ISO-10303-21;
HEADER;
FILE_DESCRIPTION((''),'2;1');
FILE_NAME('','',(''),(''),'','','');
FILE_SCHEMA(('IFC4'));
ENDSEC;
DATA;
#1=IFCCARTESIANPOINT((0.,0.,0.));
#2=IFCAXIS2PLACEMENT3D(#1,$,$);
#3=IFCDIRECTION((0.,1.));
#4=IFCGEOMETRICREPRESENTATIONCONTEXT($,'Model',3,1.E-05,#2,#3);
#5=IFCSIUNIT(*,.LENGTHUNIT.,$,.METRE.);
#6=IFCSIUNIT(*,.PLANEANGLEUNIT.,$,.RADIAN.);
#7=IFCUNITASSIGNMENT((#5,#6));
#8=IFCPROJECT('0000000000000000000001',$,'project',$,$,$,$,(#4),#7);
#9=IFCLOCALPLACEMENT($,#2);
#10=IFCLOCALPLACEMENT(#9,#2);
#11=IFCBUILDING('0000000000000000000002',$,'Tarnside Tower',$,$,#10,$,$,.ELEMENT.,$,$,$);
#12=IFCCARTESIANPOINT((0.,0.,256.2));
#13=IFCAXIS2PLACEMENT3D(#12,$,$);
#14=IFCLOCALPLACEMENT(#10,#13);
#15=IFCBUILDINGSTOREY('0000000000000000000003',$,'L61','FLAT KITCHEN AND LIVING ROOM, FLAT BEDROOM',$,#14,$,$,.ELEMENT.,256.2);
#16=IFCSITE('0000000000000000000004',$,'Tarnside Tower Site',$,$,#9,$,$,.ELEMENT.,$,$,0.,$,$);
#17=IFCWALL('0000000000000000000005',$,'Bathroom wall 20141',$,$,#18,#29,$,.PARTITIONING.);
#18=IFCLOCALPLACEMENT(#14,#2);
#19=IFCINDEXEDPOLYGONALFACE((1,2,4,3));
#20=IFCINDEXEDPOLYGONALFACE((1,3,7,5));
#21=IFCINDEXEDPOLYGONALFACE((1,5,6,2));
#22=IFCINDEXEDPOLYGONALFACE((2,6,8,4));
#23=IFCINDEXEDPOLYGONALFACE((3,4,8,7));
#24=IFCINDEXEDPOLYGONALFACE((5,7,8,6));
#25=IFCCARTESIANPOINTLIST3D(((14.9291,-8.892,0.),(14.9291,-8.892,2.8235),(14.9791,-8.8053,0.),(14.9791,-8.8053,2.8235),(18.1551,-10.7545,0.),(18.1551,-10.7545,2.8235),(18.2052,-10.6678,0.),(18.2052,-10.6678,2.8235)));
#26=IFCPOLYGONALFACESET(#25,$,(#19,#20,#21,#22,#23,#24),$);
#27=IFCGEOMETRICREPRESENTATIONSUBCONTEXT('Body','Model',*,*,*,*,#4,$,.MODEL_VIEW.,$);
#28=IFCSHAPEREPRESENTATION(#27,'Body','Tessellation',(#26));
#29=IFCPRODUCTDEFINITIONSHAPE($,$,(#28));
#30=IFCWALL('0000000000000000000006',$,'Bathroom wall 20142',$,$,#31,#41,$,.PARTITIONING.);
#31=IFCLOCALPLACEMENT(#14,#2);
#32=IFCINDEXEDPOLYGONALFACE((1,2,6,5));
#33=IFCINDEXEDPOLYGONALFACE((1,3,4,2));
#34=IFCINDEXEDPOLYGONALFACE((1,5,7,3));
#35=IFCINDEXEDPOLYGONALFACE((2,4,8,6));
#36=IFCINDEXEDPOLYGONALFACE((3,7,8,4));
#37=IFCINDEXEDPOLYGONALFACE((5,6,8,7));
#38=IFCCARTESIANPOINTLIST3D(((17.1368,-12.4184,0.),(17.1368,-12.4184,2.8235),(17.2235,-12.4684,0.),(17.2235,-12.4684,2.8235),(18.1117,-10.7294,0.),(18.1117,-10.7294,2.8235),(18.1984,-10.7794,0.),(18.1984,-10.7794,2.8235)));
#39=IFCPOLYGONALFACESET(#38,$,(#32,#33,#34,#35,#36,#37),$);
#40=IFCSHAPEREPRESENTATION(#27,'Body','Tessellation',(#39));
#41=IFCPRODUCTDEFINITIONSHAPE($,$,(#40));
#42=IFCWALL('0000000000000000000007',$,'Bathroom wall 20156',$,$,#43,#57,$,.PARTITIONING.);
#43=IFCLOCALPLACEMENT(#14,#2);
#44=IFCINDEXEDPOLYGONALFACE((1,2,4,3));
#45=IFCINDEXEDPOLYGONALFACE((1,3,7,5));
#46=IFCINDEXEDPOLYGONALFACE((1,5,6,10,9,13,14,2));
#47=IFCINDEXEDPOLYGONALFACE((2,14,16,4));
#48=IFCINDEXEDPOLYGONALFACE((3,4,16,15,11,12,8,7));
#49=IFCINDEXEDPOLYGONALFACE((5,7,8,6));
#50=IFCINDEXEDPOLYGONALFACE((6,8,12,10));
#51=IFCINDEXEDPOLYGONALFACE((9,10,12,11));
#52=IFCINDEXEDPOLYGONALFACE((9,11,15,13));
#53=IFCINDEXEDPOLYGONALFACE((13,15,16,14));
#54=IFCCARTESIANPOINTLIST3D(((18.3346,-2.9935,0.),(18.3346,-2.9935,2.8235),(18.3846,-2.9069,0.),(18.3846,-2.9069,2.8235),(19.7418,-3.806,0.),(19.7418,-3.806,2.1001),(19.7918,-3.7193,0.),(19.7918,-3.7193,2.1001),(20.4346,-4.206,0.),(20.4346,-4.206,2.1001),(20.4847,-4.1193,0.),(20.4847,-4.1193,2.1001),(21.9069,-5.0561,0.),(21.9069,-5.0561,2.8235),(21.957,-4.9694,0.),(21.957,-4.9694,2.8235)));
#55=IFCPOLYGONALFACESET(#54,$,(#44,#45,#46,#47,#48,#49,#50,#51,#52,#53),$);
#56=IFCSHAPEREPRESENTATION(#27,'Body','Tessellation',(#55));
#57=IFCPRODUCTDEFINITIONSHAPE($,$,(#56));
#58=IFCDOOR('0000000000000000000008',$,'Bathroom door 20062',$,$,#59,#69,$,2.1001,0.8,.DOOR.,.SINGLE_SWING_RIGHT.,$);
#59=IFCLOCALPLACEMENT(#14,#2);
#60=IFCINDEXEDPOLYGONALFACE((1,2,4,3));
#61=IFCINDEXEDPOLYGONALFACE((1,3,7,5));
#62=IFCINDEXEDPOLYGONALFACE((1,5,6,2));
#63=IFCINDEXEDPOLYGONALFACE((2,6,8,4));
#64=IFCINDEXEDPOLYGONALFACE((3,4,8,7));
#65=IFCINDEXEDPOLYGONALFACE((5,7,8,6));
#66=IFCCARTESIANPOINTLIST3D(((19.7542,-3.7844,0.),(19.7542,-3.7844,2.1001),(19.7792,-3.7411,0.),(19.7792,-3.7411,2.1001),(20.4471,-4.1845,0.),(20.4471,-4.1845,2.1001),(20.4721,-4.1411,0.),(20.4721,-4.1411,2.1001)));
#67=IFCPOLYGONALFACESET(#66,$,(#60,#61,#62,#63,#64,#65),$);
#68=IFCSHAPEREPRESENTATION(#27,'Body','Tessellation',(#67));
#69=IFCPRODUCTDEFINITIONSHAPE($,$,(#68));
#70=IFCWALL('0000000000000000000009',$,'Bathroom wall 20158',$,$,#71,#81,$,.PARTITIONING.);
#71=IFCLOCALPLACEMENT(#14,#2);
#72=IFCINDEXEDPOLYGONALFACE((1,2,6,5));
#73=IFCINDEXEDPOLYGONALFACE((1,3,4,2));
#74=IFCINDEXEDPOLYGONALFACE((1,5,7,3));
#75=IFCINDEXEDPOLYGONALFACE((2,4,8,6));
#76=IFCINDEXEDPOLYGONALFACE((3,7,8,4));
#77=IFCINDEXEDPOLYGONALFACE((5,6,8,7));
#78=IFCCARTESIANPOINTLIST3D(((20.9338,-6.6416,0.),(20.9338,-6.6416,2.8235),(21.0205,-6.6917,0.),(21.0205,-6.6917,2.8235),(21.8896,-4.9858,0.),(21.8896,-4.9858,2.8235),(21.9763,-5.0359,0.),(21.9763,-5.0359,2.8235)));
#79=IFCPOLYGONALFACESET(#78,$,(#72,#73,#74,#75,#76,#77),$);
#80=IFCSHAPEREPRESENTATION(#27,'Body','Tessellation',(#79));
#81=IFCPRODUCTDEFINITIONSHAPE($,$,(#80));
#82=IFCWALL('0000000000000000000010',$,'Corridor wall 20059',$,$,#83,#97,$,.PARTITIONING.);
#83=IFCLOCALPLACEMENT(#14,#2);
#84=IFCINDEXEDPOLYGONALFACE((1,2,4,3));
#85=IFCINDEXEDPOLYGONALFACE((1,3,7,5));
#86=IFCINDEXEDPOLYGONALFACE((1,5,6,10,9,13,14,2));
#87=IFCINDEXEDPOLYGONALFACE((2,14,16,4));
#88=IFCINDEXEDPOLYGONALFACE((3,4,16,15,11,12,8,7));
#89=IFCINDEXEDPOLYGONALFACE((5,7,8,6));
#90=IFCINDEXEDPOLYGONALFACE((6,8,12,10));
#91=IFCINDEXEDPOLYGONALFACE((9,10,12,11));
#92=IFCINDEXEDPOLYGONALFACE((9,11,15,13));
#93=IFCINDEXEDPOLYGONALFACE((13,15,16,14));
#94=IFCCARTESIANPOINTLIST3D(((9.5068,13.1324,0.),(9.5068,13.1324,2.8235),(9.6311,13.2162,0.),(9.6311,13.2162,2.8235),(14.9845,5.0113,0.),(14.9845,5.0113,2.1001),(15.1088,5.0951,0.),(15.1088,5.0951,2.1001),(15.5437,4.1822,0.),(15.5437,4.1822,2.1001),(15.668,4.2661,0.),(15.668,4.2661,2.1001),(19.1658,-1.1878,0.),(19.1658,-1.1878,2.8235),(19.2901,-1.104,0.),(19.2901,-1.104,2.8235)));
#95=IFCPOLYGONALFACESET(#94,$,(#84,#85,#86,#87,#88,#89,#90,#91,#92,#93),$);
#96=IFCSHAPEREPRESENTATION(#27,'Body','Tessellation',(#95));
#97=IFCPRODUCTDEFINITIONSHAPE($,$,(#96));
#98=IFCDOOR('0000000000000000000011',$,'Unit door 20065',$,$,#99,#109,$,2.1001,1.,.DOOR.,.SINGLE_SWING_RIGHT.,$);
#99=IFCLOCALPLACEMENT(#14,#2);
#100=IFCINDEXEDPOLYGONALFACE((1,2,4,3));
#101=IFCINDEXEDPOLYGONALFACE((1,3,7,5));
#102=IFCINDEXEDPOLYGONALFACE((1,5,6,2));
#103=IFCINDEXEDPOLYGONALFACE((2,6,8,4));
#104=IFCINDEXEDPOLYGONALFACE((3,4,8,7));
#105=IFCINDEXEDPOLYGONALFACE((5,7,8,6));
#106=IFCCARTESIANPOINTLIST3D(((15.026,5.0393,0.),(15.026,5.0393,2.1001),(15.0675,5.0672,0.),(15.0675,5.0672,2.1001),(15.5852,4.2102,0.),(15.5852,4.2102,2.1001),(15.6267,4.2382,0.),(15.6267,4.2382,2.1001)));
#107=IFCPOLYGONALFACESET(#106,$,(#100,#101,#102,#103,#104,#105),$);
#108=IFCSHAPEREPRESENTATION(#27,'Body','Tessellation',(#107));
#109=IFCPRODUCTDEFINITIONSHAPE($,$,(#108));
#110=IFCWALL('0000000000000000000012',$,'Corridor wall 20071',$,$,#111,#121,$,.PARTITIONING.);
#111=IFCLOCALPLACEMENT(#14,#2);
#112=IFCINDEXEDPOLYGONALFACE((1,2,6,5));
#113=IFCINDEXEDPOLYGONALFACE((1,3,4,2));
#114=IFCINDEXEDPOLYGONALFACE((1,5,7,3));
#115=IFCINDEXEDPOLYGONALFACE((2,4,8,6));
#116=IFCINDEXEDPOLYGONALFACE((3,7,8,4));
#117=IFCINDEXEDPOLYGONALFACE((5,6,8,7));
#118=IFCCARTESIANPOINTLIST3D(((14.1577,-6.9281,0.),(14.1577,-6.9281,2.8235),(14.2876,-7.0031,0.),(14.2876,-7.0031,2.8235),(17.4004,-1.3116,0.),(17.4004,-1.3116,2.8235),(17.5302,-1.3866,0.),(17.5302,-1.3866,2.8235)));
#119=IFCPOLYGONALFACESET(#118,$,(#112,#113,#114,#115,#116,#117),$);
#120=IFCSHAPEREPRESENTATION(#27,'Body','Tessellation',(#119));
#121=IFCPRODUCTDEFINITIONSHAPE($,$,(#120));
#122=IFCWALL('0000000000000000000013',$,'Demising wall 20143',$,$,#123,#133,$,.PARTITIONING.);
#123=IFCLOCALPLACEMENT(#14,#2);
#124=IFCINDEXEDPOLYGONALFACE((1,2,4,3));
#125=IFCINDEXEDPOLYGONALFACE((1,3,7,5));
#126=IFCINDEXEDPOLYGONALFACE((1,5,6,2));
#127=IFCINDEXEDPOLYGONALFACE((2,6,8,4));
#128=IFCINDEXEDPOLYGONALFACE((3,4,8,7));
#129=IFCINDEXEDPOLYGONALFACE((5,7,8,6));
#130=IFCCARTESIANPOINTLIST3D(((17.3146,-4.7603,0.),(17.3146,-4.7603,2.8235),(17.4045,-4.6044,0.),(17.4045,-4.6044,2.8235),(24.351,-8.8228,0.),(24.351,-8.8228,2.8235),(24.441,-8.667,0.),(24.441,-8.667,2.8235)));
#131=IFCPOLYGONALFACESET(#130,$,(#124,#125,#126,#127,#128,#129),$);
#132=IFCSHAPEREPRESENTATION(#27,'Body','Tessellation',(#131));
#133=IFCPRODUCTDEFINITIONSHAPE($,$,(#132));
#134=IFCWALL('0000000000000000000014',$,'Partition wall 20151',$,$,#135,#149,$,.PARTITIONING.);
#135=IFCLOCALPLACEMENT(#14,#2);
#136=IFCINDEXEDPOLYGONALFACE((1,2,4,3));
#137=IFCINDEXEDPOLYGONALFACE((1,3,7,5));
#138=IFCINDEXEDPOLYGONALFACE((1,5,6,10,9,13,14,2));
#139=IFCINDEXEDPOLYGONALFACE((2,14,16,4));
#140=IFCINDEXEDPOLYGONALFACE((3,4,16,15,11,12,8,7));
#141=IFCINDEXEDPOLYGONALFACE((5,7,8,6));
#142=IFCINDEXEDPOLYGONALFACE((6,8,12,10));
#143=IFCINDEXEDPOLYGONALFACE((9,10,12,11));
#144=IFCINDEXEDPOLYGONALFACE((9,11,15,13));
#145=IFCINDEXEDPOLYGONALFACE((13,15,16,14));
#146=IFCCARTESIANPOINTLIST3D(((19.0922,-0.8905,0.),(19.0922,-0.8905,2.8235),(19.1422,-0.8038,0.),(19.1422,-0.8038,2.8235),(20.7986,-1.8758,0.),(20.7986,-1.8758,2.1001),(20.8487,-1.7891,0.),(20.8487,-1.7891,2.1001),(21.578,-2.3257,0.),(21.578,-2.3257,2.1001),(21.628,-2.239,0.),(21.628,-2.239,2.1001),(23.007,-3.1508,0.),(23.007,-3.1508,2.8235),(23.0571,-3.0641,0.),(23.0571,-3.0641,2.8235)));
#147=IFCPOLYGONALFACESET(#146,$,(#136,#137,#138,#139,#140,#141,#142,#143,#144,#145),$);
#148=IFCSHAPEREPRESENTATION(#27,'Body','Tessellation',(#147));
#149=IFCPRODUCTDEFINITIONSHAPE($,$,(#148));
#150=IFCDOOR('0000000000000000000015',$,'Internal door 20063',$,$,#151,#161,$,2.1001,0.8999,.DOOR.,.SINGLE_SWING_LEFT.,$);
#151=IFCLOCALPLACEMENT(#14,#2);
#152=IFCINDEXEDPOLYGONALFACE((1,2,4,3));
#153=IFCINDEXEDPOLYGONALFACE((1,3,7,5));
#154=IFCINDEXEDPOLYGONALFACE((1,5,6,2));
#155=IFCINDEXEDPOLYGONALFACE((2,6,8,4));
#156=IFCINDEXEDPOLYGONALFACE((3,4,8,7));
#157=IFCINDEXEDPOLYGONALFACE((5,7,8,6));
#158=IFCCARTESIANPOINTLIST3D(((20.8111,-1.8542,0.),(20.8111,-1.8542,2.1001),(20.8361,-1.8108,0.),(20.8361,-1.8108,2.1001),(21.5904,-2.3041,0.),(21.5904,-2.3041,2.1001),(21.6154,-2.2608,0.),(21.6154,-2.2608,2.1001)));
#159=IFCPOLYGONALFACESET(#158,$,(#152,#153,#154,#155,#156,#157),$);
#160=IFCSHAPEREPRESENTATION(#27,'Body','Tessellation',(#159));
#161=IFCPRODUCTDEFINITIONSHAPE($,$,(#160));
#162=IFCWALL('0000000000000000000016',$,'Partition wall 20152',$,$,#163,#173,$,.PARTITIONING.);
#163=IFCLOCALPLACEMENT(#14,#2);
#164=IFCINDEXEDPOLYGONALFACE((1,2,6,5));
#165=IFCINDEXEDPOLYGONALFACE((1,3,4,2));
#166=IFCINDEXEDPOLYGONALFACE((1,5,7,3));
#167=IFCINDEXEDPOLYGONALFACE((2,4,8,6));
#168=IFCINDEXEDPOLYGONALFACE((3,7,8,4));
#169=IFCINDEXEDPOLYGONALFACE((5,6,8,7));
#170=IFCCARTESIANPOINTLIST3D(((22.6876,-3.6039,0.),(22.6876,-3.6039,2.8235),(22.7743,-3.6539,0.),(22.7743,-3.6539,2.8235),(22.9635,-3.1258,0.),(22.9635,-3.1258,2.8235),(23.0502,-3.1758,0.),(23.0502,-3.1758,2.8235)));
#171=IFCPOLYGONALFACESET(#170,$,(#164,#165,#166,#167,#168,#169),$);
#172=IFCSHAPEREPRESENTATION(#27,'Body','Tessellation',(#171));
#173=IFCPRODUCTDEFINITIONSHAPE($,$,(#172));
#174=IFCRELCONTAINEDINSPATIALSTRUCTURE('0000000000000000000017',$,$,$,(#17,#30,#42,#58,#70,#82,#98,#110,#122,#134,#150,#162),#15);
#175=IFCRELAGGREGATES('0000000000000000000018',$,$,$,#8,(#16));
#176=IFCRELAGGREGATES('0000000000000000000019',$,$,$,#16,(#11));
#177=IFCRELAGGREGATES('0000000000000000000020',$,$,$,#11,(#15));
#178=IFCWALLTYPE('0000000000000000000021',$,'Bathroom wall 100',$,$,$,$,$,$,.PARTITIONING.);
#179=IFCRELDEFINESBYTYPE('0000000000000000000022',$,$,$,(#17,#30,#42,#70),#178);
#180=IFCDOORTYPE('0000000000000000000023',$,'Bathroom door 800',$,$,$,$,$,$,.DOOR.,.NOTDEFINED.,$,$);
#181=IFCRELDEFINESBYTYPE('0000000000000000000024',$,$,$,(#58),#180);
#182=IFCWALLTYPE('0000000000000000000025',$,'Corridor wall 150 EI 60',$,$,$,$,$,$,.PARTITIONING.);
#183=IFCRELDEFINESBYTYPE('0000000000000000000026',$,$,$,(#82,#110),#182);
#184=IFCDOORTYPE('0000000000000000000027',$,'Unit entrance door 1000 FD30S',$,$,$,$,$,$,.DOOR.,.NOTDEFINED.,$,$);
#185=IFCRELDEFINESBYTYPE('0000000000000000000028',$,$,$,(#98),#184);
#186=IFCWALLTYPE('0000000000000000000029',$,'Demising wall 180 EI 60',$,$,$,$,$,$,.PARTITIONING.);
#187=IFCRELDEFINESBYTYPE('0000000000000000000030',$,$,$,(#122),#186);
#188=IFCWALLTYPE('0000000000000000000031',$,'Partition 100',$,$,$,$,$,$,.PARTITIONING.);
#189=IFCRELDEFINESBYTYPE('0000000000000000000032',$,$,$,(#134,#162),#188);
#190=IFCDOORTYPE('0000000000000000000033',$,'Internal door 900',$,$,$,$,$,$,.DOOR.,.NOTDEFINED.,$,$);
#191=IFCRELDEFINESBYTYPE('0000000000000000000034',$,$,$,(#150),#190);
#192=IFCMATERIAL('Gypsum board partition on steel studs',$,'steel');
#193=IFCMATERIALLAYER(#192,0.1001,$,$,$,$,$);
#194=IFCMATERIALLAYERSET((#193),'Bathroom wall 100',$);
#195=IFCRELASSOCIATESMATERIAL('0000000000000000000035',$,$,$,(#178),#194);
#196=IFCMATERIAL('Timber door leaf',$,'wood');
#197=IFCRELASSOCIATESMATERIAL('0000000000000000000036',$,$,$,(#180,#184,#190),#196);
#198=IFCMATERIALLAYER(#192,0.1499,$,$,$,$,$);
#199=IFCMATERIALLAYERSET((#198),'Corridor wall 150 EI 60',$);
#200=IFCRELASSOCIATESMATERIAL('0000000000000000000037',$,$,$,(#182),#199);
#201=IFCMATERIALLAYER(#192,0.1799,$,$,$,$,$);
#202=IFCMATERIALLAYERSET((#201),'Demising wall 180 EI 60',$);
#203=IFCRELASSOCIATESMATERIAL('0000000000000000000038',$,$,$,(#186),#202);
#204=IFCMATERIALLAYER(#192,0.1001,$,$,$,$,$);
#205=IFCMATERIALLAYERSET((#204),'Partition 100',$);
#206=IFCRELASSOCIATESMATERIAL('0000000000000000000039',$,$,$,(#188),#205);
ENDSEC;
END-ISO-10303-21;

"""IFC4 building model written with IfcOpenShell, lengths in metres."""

from ifc_helpers import new_model, si_unit, direction, frame, frame_2d, origin, place, context, subcontext, project, spatial, rectangle, extrude, material, layer, layer_set, type_object, element, fill, save


model = new_model("IFC4")

# Units and contexts
model_context = context("Model", 3, precision=1e-05, world=origin(), true_north=direction((0.0, 1.0)))
body_context = subcontext(model_context, "Body", "Model", "MODEL_VIEW")
ifc_project = project(units=[si_unit("LENGTHUNIT", "METRE"), si_unit("PLANEANGLEUNIT", "RADIAN")], contexts=[model_context])

# Site, building, storey
site_placement = place(None, origin())
site = spatial("IfcSite", under=ifc_project, at=site_placement, Name="Tarnside Tower Site", CompositionType="ELEMENT", RefElevation=0.0)
building_placement = place(site_placement, origin())
building = spatial("IfcBuilding", under=site, at=building_placement, Name="Tarnside Tower", CompositionType="ELEMENT")
storey_placement = place(building_placement, frame((0.0, 0.0, 256.2)))
storey = spatial("IfcBuildingStorey", under=building, at=storey_placement, Name="L61", Description="FLAT KITCHEN AND LIVING ROOM, FLAT BEDROOM", CompositionType="ELEMENT", Elevation=256.2)

# Walls
ifc_material_1 = material(Name="Gypsum board partition on steel studs", Category="steel")
ifc_layer_1 = layer(ifc_material_1, 0.1001)
ifc_layer_set_1 = layer_set([ifc_layer_1], Name="Bathroom wall 100")
wall_type_1 = type_object("IfcWallType", Name="Bathroom wall 100", PredefinedType="PARTITIONING", material=ifc_layer_set_1)
wall_1_placement = place(storey_placement, frame((14.9541, -8.8486, 0.0), z_axis=(0.0, 0.0, 1.0), x_axis=(0.866028, -0.499995, 0.0)))
element("IfcWall", 1, at=wall_1_placement, inside=storey, type_object=wall_type_1, Name="Bathroom wall 20141", PredefinedType="PARTITIONING", context=body_context, shape_type="SweptSolid", body=[
    extrude(rectangle(XDim=3.7251, YDim=0.1001, at=frame_2d((1.8625, 0.0))), origin(), (0.0, 0.0, 1.0), 2.8235),
])
wall_2_placement = place(storey_placement, frame((18.155, -10.7544, 0.0), z_axis=(0.0, 0.0, 1.0), x_axis=(-0.499896, -0.866086, 0.0)))
element("IfcWall", 2, at=wall_2_placement, inside=storey, type_object=wall_type_1, Name="Bathroom wall 20142", PredefinedType="PARTITIONING", context=body_context, shape_type="SweptSolid", body=[
    extrude(rectangle(XDim=1.9502, YDim=0.1001, at=frame_2d((0.9751, 0.0))), origin(), (0.0, 0.0, 1.0), 2.8235),
])

# Wall, opening, door
wall_3_placement = place(storey_placement, frame((18.3596, -2.9502, 0.0), z_axis=(0.0, 0.0, 1.0), x_axis=(0.86602, -0.500009, 0.0)))
wall_3 = element("IfcWall", 3, at=wall_3_placement, inside=storey, type_object=wall_type_1, Name="Bathroom wall 20156", PredefinedType="PARTITIONING", context=body_context, shape_type="SweptSolid", body=[
    extrude(rectangle(XDim=4.125, YDim=0.1001, at=frame_2d((2.0625, 0.0))), origin(), (0.0, 0.0, 1.0), 2.8235),
])
opening_1_placement = place(wall_3_placement, frame((1.625, 0.0, 0.0)))
opening_1 = element("IfcOpeningElement", 4, at=opening_1_placement, cuts=wall_3, PredefinedType="OPENING", context=body_context, shape_type="SweptSolid", body=[
    extrude(rectangle(XDim=0.8, YDim=2.1001, at=frame_2d((0.3999, 1.05))), frame((0.0, 0.0601, 0.0), z_axis=(0.0, -1.0, 0.0), x_axis=(1.0, 0.0, 0.0)), (0.0, 0.0, 1.0), 0.1201),
])
ifc_material_2 = material(Name="Timber door leaf", Category="wood")
door_type_1 = type_object("IfcDoorType", Name="Bathroom door 800", OperationType="NOTDEFINED", PredefinedType="DOOR", material=ifc_material_2)
door_1_placement = place(opening_1_placement, origin())
door_1 = element("IfcDoor", 5, at=door_1_placement, inside=storey, type_object=door_type_1, Name="Bathroom door 20062", OperationType="SINGLE_SWING_RIGHT", OverallHeight=2.1001, OverallWidth=0.8, PredefinedType="DOOR", context=body_context, shape_type="SweptSolid", body=[
    extrude(rectangle(XDim=0.8, YDim=2.1001, at=frame_2d((0.3999, 1.05))), frame((0.0, 0.0249, 0.0), z_axis=(0.0, -1.0, 0.0), x_axis=(1.0, 0.0, 0.0)), (0.0, 0.0, 1.0), 0.05),
])
fill(opening_1, door_1)

# Wall
wall_4_placement = place(storey_placement, frame((20.9771, -6.6667, 0.0), z_axis=(0.0, 0.0, 1.0), x_axis=(0.499944, 0.866058, 0.0)))
element("IfcWall", 6, at=wall_4_placement, inside=storey, type_object=wall_type_1, Name="Bathroom wall 20158", PredefinedType="PARTITIONING", context=body_context, shape_type="SweptSolid", body=[
    extrude(rectangle(XDim=1.9119, YDim=0.1001, at=frame_2d((0.9561, 0.0))), origin(), (0.0, 0.0, 1.0), 2.8235),
])

# Wall, opening, door
ifc_layer_2 = layer(ifc_material_1, 0.1499)
ifc_layer_set_2 = layer_set([ifc_layer_2], Name="Corridor wall 150 EI 60")
wall_type_2 = type_object("IfcWallType", Name="Corridor wall 150 EI 60", PredefinedType="PARTITIONING", material=ifc_layer_set_2)
wall_5_placement = place(storey_placement, frame((19.228, -1.146, 0.0), z_axis=(0.0, 0.0, 1.0), x_axis=(-0.55919, 0.82904, 0.0)))
wall_5 = element("IfcWall", 7, at=wall_5_placement, inside=storey, type_object=wall_type_2, Name="Corridor wall 20059", PredefinedType="PARTITIONING", context=body_context, shape_type="SweptSolid", body=[
    extrude(rectangle(XDim=17.2732, YDim=0.1499, at=frame_2d((8.6367, 0.0))), origin(), (0.0, 0.0, 1.0), 2.8235),
])
opening_2_placement = place(wall_5_placement, frame((6.4775, 0.0, 0.0)))
opening_2 = element("IfcOpeningElement", 8, at=opening_2_placement, cuts=wall_5, PredefinedType="OPENING", context=body_context, shape_type="SweptSolid", body=[
    extrude(rectangle(XDim=1.0, YDim=2.1001, at=frame_2d((0.5, 1.05))), frame((0.0, 0.085, 0.0), z_axis=(0.0, -1.0, 0.0), x_axis=(1.0, 0.0, 0.0)), (0.0, 0.0, 1.0), 0.1699),
])
door_type_2 = type_object("IfcDoorType", Name="Unit entrance door 1000 FD30S", OperationType="NOTDEFINED", PredefinedType="DOOR", material=ifc_material_2)
door_2_placement = place(opening_2_placement, origin())
door_2 = element("IfcDoor", 9, at=door_2_placement, inside=storey, type_object=door_type_2, Name="Unit door 20065", OperationType="SINGLE_SWING_RIGHT", OverallHeight=2.1001, OverallWidth=1.0, PredefinedType="DOOR", context=body_context, shape_type="SweptSolid", body=[
    extrude(rectangle(XDim=1.0, YDim=2.1001, at=frame_2d((0.5, 1.05))), frame((0.0, 0.0249, 0.0), z_axis=(0.0, -1.0, 0.0), x_axis=(1.0, 0.0, 0.0)), (0.0, 0.0, 1.0), 0.05),
])
fill(opening_2, door_2)

# Walls
wall_6_placement = place(storey_placement, frame((17.4653, -1.3491, 0.0), z_axis=(0.0, 0.0, 1.0), x_axis=(-0.500002, -0.866024, 0.0)))
element("IfcWall", 10, at=wall_6_placement, inside=storey, type_object=wall_type_2, Name="Corridor wall 20071", PredefinedType="PARTITIONING", context=body_context, shape_type="SweptSolid", body=[
    extrude(rectangle(XDim=6.4854, YDim=0.1499, at=frame_2d((3.2427, 0.0))), origin(), (0.0, 0.0, 1.0), 2.8235),
])
ifc_layer_3 = layer(ifc_material_1, 0.1799)
ifc_layer_set_3 = layer_set([ifc_layer_3], Name="Demising wall 180 EI 60")
wall_type_3 = type_object("IfcWallType", Name="Demising wall 180 EI 60", PredefinedType="PARTITIONING", material=ifc_layer_set_3)
wall_7_placement = place(storey_placement, frame((24.396, -8.7449, 0.0), z_axis=(0.0, 0.0, 1.0), x_axis=(-0.866023, 0.500004, 0.0)))
element("IfcWall", 11, at=wall_7_placement, inside=storey, type_object=wall_type_3, Name="Demising wall 20143", PredefinedType="PARTITIONING", context=body_context, shape_type="SweptSolid", body=[
    extrude(rectangle(XDim=8.125, YDim=0.1799, at=frame_2d((4.0625, 0.0))), origin(), (0.0, 0.0, 1.0), 2.8235),
])

# Wall, opening, door
ifc_layer_4 = layer(ifc_material_1, 0.1001)
ifc_layer_set_4 = layer_set([ifc_layer_4], Name="Partition 100")
wall_type_4 = type_object("IfcWallType", Name="Partition 100", PredefinedType="PARTITIONING", material=ifc_layer_set_4)
wall_8_placement = place(storey_placement, frame((19.1172, -0.8472, 0.0), z_axis=(0.0, 0.0, 1.0), x_axis=(0.866021, -0.500008, 0.0)))
wall_8 = element("IfcWall", 12, at=wall_8_placement, inside=storey, type_object=wall_type_4, Name="Partition wall 20151", PredefinedType="PARTITIONING", context=body_context, shape_type="SweptSolid", body=[
    extrude(rectangle(XDim=4.5205, YDim=0.1001, at=frame_2d((2.2603, 0.0))), origin(), (0.0, 0.0, 1.0), 2.8235),
])
opening_3_placement = place(wall_8_placement, frame((1.9705, 0.0, 0.0)))
opening_3 = element("IfcOpeningElement", 13, at=opening_3_placement, cuts=wall_8, PredefinedType="OPENING", context=body_context, shape_type="SweptSolid", body=[
    extrude(rectangle(XDim=0.8999, YDim=2.1001, at=frame_2d((0.45, 1.05))), frame((0.0, 0.0601, 0.0), z_axis=(0.0, -1.0, 0.0), x_axis=(1.0, 0.0, 0.0)), (0.0, 0.0, 1.0), 0.1201),
])
door_type_3 = type_object("IfcDoorType", Name="Internal door 900", OperationType="NOTDEFINED", PredefinedType="DOOR", material=ifc_material_2)
door_3_placement = place(opening_3_placement, origin())
door_3 = element("IfcDoor", 14, at=door_3_placement, inside=storey, type_object=door_type_3, Name="Internal door 20063", OperationType="SINGLE_SWING_LEFT", OverallHeight=2.1001, OverallWidth=0.8999, PredefinedType="DOOR", context=body_context, shape_type="SweptSolid", body=[
    extrude(rectangle(XDim=0.8999, YDim=2.1001, at=frame_2d((0.45, 1.05))), frame((0.0, 0.0249, 0.0), z_axis=(0.0, -1.0, 0.0), x_axis=(1.0, 0.0, 0.0)), (0.0, 0.0, 1.0), 0.05),
])
fill(opening_3, door_3)

# Wall
wall_9_placement = place(storey_placement, frame((23.0068, -3.1509, 0.0), z_axis=(0.0, 0.0, 1.0), x_axis=(-0.49985, -0.866112, 0.0)))
element("IfcWall", 15, at=wall_9_placement, inside=storey, type_object=wall_type_4, Name="Partition wall 20152", PredefinedType="PARTITIONING", context=body_context, shape_type="SweptSolid", body=[
    extrude(rectangle(XDim=0.552, YDim=0.1001, at=frame_2d((0.2759, 0.0))), origin(), (0.0, 0.0, 1.0), 2.8235),
])

save(model, "model.ifc")
